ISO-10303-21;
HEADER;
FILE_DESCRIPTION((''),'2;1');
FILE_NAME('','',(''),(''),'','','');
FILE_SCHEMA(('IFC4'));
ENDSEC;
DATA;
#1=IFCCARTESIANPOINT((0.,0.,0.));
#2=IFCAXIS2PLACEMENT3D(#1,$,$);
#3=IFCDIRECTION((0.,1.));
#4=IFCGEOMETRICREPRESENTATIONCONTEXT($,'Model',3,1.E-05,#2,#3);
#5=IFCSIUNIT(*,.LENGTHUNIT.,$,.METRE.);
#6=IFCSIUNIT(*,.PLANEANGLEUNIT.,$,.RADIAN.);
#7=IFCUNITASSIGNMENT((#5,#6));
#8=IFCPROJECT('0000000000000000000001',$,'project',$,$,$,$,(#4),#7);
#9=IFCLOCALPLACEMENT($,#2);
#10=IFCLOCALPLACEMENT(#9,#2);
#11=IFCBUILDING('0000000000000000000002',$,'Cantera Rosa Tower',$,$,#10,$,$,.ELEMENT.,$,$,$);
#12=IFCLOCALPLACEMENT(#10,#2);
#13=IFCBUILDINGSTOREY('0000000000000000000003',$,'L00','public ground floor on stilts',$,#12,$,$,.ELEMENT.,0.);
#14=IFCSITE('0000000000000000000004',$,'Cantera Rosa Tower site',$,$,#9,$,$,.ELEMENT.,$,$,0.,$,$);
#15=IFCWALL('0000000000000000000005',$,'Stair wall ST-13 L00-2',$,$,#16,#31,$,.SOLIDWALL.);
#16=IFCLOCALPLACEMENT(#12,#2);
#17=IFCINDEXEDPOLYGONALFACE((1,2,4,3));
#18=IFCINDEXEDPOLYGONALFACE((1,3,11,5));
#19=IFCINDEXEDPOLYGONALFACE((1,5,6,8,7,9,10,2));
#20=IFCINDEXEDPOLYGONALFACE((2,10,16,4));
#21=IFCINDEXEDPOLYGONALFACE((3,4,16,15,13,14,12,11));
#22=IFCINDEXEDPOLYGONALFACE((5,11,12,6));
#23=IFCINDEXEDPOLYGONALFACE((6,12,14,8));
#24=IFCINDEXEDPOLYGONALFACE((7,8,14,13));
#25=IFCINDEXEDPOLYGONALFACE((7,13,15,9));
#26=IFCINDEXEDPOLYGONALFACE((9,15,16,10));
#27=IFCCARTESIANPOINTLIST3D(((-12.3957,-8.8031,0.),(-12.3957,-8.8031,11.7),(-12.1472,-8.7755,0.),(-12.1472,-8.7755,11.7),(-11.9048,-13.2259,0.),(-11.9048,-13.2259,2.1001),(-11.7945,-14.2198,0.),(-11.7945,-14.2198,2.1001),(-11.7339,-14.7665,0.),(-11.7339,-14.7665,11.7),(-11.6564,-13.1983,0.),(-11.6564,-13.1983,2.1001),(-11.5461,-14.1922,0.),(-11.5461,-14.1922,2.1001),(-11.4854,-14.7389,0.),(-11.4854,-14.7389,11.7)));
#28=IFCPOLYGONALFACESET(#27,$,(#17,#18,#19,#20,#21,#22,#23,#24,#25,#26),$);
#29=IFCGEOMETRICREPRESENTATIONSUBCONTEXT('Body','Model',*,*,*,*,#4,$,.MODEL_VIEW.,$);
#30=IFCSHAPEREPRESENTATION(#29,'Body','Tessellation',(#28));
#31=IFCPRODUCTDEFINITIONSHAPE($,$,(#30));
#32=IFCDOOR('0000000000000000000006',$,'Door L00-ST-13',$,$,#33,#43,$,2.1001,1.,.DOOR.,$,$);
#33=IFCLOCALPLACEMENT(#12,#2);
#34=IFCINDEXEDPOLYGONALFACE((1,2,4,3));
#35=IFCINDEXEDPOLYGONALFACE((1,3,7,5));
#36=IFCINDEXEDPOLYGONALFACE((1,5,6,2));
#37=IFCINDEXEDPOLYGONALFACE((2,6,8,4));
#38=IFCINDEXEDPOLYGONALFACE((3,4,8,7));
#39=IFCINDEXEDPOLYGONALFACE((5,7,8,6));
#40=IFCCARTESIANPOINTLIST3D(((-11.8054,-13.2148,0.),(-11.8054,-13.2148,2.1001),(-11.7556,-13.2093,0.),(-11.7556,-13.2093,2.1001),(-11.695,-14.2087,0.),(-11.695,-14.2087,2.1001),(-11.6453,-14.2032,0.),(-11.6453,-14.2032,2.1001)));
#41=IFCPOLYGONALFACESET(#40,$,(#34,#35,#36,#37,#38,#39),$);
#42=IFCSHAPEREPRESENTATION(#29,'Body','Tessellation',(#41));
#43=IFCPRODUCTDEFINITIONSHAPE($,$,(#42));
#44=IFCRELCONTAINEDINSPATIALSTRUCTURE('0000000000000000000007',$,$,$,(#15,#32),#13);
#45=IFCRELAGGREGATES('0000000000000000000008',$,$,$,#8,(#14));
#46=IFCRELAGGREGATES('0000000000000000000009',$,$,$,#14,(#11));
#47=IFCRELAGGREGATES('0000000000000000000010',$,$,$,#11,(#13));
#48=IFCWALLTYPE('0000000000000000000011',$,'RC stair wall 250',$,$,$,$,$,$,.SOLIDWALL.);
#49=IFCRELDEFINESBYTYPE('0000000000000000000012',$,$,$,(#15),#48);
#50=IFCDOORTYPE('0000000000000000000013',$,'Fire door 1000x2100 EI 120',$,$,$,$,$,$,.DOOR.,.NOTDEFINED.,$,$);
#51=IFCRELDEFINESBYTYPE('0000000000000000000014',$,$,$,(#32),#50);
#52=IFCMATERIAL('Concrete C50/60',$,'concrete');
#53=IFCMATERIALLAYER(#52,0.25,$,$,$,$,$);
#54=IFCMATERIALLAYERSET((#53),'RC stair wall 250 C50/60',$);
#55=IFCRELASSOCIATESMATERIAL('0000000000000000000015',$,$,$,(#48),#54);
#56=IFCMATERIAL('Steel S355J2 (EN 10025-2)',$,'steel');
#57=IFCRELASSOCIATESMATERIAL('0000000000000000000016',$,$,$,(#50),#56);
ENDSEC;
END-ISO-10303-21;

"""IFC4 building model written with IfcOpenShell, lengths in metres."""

from ifc_helpers import new_model, si_unit, direction, frame, frame_2d, origin, place, context, subcontext, project, spatial, rectangle, extrude, material, layer, layer_set, type_object, element, fill, save


model = new_model("IFC4")

# Units and contexts
model_context = context("Model", 3, precision=1e-05, world=origin(), true_north=direction((0.0, 1.0)))
body_context = subcontext(model_context, "Body", "Model", "MODEL_VIEW")
ifc_project = project(units=[si_unit("LENGTHUNIT", "METRE"), si_unit("PLANEANGLEUNIT", "RADIAN")], contexts=[model_context])

# Site, building, storey
site_placement = place(None, origin())
site = spatial("IfcSite", under=ifc_project, at=site_placement, Name="Cantera Rosa Tower site", CompositionType="ELEMENT", RefElevation=0.0)
building_placement = place(site_placement, origin())
building = spatial("IfcBuilding", under=site, at=building_placement, Name="Cantera Rosa Tower", CompositionType="ELEMENT")
storey_placement = place(building_placement, origin())
storey = spatial("IfcBuildingStorey", under=building, at=storey_placement, Name="L00", Description="public ground floor on stilts", CompositionType="ELEMENT", Elevation=0.0)

# Shared definitions
ifc_material_1 = material(Name="Concrete C50/60", Category="concrete")
ifc_layer_1 = layer(ifc_material_1, 0.25)
ifc_layer_set_1 = layer_set([ifc_layer_1], Name="RC stair wall 250 C50/60")
wall_type_1 = type_object("IfcWallType", Name="RC stair wall 250", PredefinedType="SOLIDWALL", material=ifc_layer_set_1)

# Wall, opening, door
wall_1_placement = place(storey_placement, frame((-11.6096, -14.7527, 0.0), z_axis=(0.0, 0.0, 1.0), x_axis=(-0.110311, 0.993897, 0.0)))
wall_1 = element("IfcWall", 1, at=wall_1_placement, inside=storey, type_object=wall_type_1, Name="Stair wall ST-13 L00-2", PredefinedType="SOLIDWALL", context=body_context, shape_type="SweptSolid", body=[
    extrude(rectangle(XDim=6.0, YDim=0.25, at=frame_2d((3.0, 0.0))), origin(), (0.0, 0.0, 1.0), 11.7),
])
opening_1_placement = place(wall_1_placement, frame((0.55, 0.0, 0.0)))
opening_1 = element("IfcOpeningElement", 2, at=opening_1_placement, cuts=wall_1, PredefinedType="OPENING", context=body_context, shape_type="SweptSolid", body=[
    extrude(rectangle(XDim=1.0, YDim=2.1001, at=frame_2d((0.5, 1.05))), frame((0.0, 0.135, 0.0), z_axis=(0.0, -1.0, 0.0), x_axis=(1.0, 0.0, 0.0)), (0.0, 0.0, 1.0), 0.27),
])
ifc_material_2 = material(Name="Steel S355J2 (EN 10025-2)", Category="steel")
door_type_1 = type_object("IfcDoorType", Name="Fire door 1000x2100 EI 120", OperationType="NOTDEFINED", PredefinedType="DOOR", material=ifc_material_2)
door_1_placement = place(opening_1_placement, origin())
door_1 = element("IfcDoor", 3, at=door_1_placement, inside=storey, type_object=door_type_1, Name="Door L00-ST-13", OverallHeight=2.1001, OverallWidth=1.0, PredefinedType="DOOR", context=body_context, shape_type="SweptSolid", body=[
    extrude(rectangle(XDim=1.0, YDim=2.1001, at=frame_2d((0.5, 1.05))), frame((0.0, 0.0249, 0.0), z_axis=(0.0, -1.0, 0.0), x_axis=(1.0, 0.0, 0.0)), (0.0, 0.0, 1.0), 0.05),
])
fill(opening_1, door_1)

save(model, "model.ifc")
